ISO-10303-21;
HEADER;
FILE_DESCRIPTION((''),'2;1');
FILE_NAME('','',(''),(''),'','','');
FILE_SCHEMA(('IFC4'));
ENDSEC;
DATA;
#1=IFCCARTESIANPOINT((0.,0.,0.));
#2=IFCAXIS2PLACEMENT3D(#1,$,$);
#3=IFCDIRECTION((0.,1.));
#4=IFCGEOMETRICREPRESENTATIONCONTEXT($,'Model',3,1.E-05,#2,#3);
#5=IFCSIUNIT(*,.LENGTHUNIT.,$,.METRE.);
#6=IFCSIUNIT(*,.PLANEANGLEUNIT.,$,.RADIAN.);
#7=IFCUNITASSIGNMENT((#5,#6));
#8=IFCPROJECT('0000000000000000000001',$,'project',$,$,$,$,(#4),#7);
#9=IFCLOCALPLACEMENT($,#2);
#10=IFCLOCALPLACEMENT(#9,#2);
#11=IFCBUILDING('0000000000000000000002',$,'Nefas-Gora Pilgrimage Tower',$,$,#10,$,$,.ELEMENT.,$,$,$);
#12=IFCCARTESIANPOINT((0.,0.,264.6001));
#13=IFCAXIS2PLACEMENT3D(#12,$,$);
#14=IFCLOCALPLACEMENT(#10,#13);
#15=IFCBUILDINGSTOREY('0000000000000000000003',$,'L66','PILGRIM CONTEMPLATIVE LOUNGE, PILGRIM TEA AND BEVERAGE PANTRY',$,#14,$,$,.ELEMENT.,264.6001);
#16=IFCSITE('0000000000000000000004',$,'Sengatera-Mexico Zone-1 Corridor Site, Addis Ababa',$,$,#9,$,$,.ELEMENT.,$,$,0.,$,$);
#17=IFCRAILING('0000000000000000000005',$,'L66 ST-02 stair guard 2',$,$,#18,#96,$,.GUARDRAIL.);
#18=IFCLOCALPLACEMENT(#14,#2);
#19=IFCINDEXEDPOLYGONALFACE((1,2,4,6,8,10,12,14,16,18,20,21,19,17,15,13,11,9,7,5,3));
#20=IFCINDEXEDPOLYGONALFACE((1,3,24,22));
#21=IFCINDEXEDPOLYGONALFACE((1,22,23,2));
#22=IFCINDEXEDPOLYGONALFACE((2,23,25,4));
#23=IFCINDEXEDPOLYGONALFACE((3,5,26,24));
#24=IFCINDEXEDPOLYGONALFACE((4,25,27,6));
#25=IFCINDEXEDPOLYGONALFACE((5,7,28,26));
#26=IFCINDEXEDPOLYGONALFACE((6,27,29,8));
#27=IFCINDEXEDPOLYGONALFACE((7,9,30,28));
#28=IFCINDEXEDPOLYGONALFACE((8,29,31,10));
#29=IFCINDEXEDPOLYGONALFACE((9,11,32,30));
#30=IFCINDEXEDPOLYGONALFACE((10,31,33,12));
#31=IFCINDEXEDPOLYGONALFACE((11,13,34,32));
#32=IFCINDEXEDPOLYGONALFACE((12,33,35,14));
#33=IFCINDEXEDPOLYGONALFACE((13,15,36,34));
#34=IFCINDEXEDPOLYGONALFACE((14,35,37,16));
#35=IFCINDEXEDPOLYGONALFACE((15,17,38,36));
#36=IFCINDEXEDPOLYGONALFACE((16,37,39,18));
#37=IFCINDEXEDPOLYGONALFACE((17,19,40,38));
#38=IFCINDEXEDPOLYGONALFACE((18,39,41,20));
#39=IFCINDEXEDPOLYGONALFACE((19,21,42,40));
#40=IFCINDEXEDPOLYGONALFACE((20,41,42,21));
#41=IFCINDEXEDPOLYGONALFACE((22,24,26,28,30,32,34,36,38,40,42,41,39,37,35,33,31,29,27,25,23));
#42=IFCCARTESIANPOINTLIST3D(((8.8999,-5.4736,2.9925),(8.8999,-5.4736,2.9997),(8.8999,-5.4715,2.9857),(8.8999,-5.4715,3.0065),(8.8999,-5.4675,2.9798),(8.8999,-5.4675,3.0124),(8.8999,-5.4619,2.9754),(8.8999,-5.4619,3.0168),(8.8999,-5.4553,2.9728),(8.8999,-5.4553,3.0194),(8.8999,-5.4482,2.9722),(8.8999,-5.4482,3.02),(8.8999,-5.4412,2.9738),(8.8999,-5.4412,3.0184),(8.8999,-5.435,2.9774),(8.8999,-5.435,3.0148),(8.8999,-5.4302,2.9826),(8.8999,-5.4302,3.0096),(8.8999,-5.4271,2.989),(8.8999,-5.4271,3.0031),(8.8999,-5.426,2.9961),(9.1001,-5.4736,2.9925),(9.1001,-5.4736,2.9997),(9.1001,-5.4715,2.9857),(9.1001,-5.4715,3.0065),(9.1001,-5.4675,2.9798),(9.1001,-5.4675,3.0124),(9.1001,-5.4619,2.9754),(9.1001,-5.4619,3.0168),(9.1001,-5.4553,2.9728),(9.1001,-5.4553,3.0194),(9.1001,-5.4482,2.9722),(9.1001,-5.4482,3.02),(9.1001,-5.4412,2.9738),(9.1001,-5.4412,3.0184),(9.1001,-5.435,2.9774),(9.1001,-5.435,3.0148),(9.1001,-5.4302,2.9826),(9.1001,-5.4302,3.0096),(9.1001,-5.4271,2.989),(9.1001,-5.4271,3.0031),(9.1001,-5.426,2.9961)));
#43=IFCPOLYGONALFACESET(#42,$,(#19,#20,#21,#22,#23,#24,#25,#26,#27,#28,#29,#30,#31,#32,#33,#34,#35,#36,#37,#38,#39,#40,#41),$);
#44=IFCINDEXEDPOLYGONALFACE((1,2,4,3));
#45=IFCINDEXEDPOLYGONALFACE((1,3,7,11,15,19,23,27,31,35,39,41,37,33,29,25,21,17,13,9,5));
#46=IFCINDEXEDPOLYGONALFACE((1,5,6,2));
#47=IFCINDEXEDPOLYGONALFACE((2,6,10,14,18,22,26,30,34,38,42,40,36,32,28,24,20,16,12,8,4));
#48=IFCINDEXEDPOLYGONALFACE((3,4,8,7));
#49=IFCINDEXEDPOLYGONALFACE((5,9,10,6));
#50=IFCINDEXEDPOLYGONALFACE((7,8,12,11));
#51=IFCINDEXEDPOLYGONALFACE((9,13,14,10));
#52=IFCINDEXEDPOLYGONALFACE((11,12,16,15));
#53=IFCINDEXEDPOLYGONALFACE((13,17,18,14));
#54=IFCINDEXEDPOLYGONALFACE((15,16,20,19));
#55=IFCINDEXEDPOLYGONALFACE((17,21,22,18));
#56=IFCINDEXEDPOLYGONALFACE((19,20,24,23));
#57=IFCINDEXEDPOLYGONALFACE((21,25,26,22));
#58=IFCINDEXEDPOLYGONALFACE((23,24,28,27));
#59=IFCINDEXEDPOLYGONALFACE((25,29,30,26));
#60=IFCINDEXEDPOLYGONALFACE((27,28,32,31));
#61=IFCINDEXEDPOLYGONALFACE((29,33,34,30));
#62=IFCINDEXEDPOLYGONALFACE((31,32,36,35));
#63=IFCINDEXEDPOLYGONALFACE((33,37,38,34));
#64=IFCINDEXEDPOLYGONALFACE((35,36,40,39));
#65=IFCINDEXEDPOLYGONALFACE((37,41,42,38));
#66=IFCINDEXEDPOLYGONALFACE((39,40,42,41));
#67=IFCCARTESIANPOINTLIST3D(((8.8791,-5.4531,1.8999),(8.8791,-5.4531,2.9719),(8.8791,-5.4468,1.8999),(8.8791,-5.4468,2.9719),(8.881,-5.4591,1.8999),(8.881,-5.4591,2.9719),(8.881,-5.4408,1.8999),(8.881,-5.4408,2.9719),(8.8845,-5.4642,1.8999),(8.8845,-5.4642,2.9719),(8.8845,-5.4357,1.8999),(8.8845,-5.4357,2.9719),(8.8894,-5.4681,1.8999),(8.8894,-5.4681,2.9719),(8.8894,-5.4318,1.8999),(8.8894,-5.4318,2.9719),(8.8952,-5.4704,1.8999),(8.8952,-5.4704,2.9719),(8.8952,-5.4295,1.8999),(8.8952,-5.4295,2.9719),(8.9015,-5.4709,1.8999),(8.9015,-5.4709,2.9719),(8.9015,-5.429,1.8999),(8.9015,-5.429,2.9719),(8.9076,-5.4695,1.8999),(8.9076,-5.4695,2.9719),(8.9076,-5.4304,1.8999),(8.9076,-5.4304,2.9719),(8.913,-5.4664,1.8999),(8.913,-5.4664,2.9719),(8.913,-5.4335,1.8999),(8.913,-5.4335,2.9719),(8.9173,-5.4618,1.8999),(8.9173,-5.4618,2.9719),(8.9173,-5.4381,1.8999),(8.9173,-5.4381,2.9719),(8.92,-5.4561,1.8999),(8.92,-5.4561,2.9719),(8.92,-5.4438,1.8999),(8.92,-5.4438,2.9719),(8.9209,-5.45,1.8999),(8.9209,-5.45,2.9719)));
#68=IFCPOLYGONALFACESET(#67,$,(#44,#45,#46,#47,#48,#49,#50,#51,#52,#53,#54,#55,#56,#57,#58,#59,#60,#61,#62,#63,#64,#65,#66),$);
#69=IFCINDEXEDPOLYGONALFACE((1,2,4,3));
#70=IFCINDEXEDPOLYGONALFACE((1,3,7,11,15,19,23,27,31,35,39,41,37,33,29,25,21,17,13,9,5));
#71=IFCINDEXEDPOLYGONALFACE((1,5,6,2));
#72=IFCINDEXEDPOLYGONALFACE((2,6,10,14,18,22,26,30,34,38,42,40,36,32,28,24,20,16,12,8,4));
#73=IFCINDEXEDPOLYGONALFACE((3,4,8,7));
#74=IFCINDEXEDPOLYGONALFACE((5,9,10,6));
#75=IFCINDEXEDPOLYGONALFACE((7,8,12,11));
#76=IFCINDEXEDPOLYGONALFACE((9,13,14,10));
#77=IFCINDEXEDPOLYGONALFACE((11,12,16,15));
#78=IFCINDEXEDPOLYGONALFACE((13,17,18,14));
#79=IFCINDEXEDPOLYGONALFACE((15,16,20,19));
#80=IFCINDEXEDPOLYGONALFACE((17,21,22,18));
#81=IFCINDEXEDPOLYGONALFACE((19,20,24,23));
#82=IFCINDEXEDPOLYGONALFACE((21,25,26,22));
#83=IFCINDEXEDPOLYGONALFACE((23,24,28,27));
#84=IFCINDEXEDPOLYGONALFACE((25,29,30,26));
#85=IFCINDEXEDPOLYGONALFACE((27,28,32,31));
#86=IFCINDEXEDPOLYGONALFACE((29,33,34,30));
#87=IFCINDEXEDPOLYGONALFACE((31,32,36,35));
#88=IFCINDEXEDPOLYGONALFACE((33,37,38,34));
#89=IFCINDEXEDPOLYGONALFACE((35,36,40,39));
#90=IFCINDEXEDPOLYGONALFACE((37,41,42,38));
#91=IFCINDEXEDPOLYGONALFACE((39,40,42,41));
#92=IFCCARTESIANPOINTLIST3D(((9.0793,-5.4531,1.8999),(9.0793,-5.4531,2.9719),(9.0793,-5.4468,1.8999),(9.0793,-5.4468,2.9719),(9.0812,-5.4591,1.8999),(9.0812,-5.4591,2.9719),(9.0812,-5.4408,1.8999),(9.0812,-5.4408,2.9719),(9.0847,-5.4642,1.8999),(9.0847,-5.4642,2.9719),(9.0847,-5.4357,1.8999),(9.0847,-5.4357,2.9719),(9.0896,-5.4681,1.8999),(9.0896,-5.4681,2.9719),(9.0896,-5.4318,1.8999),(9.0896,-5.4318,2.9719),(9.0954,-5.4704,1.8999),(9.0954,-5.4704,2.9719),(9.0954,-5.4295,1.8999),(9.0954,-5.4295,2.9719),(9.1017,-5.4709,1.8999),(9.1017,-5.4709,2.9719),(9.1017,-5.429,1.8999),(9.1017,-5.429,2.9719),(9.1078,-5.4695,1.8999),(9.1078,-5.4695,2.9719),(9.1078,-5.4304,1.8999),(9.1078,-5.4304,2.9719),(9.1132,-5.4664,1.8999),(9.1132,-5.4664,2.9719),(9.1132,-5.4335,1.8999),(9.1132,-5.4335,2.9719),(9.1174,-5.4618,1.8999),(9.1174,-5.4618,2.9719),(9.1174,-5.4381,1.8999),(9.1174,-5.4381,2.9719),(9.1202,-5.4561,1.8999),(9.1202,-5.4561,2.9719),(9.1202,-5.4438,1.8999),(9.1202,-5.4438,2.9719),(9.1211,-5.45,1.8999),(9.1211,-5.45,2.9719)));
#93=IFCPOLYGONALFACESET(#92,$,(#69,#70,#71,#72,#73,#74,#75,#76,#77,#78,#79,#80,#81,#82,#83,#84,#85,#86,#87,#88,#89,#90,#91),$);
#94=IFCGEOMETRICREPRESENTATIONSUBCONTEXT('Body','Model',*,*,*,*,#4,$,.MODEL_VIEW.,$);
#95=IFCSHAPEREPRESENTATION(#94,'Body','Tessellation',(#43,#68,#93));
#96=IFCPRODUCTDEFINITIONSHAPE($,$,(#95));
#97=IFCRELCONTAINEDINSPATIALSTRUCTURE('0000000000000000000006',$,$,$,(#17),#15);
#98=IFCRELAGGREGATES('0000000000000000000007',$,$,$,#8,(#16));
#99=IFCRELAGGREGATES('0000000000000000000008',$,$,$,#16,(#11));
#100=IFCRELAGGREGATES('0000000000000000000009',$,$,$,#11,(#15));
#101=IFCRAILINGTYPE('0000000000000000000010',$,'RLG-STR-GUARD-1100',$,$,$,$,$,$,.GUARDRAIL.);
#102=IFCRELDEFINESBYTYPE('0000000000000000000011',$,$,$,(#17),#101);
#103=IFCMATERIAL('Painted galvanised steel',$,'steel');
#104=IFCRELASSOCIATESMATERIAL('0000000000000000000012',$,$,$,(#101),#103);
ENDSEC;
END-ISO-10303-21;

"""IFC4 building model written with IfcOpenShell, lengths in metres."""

from ifc_helpers import new_model, si_unit, direction, frame, origin, origin_2d, place, context, subcontext, project, spatial, circle, extrude, material, type_object, element, save


model = new_model("IFC4")

# Units and contexts
model_context = context("Model", 3, precision=1e-05, world=origin(), true_north=direction((0.0, 1.0)))
body_context = subcontext(model_context, "Body", "Model", "MODEL_VIEW")
ifc_project = project(units=[si_unit("LENGTHUNIT", "METRE"), si_unit("PLANEANGLEUNIT", "RADIAN")], contexts=[model_context])

# Site, building, storey
site_placement = place(None, origin())
site = spatial("IfcSite", under=ifc_project, at=site_placement, Name="Sengatera-Mexico Zone-1 Corridor Site, Addis Ababa", CompositionType="ELEMENT", RefElevation=0.0)
building_placement = place(site_placement, origin())
building = spatial("IfcBuilding", under=site, at=building_placement, Name="Nefas-Gora Pilgrimage Tower", CompositionType="ELEMENT")
storey_placement = place(building_placement, frame((0.0, 0.0, 264.6001)))
storey = spatial("IfcBuildingStorey", under=building, at=storey_placement, Name="L66", Description="PILGRIM CONTEMPLATIVE LOUNGE, PILGRIM TEA AND BEVERAGE PANTRY", CompositionType="ELEMENT", Elevation=264.6001)

# Railing
ifc_material_1 = material(Name="Painted galvanised steel", Category="steel")
railing_type_1 = type_object("IfcRailingType", Name="RLG-STR-GUARD-1100", PredefinedType="GUARDRAIL", material=ifc_material_1)
railing_1_placement = place(storey_placement, frame((8.8999, -5.45, 1.8999)))
element("IfcRailing", 1, at=railing_1_placement, inside=storey, type_object=railing_type_1, Name="L66 ST-02 stair guard 2", PredefinedType="GUARDRAIL", context=body_context, shape_type="SweptSolid", body=[
    extrude(circle(Radius=0.0239, at=origin_2d()), frame((0.0, 0.0, 1.0962), z_axis=(1.0, 0.0, 0.0), x_axis=(0.0, 1.0, 0.0)), (0.0, 0.0, 1.0), 0.2002),
    extrude(circle(Radius=0.021, at=origin_2d()), origin(), (0.0, 0.0, 1.0), 1.072),
    extrude(circle(Radius=0.021, at=origin_2d()), frame((0.2002, 0.0, 0.0)), (0.0, 0.0, 1.0), 1.072),
])

save(model, "model.ifc")
